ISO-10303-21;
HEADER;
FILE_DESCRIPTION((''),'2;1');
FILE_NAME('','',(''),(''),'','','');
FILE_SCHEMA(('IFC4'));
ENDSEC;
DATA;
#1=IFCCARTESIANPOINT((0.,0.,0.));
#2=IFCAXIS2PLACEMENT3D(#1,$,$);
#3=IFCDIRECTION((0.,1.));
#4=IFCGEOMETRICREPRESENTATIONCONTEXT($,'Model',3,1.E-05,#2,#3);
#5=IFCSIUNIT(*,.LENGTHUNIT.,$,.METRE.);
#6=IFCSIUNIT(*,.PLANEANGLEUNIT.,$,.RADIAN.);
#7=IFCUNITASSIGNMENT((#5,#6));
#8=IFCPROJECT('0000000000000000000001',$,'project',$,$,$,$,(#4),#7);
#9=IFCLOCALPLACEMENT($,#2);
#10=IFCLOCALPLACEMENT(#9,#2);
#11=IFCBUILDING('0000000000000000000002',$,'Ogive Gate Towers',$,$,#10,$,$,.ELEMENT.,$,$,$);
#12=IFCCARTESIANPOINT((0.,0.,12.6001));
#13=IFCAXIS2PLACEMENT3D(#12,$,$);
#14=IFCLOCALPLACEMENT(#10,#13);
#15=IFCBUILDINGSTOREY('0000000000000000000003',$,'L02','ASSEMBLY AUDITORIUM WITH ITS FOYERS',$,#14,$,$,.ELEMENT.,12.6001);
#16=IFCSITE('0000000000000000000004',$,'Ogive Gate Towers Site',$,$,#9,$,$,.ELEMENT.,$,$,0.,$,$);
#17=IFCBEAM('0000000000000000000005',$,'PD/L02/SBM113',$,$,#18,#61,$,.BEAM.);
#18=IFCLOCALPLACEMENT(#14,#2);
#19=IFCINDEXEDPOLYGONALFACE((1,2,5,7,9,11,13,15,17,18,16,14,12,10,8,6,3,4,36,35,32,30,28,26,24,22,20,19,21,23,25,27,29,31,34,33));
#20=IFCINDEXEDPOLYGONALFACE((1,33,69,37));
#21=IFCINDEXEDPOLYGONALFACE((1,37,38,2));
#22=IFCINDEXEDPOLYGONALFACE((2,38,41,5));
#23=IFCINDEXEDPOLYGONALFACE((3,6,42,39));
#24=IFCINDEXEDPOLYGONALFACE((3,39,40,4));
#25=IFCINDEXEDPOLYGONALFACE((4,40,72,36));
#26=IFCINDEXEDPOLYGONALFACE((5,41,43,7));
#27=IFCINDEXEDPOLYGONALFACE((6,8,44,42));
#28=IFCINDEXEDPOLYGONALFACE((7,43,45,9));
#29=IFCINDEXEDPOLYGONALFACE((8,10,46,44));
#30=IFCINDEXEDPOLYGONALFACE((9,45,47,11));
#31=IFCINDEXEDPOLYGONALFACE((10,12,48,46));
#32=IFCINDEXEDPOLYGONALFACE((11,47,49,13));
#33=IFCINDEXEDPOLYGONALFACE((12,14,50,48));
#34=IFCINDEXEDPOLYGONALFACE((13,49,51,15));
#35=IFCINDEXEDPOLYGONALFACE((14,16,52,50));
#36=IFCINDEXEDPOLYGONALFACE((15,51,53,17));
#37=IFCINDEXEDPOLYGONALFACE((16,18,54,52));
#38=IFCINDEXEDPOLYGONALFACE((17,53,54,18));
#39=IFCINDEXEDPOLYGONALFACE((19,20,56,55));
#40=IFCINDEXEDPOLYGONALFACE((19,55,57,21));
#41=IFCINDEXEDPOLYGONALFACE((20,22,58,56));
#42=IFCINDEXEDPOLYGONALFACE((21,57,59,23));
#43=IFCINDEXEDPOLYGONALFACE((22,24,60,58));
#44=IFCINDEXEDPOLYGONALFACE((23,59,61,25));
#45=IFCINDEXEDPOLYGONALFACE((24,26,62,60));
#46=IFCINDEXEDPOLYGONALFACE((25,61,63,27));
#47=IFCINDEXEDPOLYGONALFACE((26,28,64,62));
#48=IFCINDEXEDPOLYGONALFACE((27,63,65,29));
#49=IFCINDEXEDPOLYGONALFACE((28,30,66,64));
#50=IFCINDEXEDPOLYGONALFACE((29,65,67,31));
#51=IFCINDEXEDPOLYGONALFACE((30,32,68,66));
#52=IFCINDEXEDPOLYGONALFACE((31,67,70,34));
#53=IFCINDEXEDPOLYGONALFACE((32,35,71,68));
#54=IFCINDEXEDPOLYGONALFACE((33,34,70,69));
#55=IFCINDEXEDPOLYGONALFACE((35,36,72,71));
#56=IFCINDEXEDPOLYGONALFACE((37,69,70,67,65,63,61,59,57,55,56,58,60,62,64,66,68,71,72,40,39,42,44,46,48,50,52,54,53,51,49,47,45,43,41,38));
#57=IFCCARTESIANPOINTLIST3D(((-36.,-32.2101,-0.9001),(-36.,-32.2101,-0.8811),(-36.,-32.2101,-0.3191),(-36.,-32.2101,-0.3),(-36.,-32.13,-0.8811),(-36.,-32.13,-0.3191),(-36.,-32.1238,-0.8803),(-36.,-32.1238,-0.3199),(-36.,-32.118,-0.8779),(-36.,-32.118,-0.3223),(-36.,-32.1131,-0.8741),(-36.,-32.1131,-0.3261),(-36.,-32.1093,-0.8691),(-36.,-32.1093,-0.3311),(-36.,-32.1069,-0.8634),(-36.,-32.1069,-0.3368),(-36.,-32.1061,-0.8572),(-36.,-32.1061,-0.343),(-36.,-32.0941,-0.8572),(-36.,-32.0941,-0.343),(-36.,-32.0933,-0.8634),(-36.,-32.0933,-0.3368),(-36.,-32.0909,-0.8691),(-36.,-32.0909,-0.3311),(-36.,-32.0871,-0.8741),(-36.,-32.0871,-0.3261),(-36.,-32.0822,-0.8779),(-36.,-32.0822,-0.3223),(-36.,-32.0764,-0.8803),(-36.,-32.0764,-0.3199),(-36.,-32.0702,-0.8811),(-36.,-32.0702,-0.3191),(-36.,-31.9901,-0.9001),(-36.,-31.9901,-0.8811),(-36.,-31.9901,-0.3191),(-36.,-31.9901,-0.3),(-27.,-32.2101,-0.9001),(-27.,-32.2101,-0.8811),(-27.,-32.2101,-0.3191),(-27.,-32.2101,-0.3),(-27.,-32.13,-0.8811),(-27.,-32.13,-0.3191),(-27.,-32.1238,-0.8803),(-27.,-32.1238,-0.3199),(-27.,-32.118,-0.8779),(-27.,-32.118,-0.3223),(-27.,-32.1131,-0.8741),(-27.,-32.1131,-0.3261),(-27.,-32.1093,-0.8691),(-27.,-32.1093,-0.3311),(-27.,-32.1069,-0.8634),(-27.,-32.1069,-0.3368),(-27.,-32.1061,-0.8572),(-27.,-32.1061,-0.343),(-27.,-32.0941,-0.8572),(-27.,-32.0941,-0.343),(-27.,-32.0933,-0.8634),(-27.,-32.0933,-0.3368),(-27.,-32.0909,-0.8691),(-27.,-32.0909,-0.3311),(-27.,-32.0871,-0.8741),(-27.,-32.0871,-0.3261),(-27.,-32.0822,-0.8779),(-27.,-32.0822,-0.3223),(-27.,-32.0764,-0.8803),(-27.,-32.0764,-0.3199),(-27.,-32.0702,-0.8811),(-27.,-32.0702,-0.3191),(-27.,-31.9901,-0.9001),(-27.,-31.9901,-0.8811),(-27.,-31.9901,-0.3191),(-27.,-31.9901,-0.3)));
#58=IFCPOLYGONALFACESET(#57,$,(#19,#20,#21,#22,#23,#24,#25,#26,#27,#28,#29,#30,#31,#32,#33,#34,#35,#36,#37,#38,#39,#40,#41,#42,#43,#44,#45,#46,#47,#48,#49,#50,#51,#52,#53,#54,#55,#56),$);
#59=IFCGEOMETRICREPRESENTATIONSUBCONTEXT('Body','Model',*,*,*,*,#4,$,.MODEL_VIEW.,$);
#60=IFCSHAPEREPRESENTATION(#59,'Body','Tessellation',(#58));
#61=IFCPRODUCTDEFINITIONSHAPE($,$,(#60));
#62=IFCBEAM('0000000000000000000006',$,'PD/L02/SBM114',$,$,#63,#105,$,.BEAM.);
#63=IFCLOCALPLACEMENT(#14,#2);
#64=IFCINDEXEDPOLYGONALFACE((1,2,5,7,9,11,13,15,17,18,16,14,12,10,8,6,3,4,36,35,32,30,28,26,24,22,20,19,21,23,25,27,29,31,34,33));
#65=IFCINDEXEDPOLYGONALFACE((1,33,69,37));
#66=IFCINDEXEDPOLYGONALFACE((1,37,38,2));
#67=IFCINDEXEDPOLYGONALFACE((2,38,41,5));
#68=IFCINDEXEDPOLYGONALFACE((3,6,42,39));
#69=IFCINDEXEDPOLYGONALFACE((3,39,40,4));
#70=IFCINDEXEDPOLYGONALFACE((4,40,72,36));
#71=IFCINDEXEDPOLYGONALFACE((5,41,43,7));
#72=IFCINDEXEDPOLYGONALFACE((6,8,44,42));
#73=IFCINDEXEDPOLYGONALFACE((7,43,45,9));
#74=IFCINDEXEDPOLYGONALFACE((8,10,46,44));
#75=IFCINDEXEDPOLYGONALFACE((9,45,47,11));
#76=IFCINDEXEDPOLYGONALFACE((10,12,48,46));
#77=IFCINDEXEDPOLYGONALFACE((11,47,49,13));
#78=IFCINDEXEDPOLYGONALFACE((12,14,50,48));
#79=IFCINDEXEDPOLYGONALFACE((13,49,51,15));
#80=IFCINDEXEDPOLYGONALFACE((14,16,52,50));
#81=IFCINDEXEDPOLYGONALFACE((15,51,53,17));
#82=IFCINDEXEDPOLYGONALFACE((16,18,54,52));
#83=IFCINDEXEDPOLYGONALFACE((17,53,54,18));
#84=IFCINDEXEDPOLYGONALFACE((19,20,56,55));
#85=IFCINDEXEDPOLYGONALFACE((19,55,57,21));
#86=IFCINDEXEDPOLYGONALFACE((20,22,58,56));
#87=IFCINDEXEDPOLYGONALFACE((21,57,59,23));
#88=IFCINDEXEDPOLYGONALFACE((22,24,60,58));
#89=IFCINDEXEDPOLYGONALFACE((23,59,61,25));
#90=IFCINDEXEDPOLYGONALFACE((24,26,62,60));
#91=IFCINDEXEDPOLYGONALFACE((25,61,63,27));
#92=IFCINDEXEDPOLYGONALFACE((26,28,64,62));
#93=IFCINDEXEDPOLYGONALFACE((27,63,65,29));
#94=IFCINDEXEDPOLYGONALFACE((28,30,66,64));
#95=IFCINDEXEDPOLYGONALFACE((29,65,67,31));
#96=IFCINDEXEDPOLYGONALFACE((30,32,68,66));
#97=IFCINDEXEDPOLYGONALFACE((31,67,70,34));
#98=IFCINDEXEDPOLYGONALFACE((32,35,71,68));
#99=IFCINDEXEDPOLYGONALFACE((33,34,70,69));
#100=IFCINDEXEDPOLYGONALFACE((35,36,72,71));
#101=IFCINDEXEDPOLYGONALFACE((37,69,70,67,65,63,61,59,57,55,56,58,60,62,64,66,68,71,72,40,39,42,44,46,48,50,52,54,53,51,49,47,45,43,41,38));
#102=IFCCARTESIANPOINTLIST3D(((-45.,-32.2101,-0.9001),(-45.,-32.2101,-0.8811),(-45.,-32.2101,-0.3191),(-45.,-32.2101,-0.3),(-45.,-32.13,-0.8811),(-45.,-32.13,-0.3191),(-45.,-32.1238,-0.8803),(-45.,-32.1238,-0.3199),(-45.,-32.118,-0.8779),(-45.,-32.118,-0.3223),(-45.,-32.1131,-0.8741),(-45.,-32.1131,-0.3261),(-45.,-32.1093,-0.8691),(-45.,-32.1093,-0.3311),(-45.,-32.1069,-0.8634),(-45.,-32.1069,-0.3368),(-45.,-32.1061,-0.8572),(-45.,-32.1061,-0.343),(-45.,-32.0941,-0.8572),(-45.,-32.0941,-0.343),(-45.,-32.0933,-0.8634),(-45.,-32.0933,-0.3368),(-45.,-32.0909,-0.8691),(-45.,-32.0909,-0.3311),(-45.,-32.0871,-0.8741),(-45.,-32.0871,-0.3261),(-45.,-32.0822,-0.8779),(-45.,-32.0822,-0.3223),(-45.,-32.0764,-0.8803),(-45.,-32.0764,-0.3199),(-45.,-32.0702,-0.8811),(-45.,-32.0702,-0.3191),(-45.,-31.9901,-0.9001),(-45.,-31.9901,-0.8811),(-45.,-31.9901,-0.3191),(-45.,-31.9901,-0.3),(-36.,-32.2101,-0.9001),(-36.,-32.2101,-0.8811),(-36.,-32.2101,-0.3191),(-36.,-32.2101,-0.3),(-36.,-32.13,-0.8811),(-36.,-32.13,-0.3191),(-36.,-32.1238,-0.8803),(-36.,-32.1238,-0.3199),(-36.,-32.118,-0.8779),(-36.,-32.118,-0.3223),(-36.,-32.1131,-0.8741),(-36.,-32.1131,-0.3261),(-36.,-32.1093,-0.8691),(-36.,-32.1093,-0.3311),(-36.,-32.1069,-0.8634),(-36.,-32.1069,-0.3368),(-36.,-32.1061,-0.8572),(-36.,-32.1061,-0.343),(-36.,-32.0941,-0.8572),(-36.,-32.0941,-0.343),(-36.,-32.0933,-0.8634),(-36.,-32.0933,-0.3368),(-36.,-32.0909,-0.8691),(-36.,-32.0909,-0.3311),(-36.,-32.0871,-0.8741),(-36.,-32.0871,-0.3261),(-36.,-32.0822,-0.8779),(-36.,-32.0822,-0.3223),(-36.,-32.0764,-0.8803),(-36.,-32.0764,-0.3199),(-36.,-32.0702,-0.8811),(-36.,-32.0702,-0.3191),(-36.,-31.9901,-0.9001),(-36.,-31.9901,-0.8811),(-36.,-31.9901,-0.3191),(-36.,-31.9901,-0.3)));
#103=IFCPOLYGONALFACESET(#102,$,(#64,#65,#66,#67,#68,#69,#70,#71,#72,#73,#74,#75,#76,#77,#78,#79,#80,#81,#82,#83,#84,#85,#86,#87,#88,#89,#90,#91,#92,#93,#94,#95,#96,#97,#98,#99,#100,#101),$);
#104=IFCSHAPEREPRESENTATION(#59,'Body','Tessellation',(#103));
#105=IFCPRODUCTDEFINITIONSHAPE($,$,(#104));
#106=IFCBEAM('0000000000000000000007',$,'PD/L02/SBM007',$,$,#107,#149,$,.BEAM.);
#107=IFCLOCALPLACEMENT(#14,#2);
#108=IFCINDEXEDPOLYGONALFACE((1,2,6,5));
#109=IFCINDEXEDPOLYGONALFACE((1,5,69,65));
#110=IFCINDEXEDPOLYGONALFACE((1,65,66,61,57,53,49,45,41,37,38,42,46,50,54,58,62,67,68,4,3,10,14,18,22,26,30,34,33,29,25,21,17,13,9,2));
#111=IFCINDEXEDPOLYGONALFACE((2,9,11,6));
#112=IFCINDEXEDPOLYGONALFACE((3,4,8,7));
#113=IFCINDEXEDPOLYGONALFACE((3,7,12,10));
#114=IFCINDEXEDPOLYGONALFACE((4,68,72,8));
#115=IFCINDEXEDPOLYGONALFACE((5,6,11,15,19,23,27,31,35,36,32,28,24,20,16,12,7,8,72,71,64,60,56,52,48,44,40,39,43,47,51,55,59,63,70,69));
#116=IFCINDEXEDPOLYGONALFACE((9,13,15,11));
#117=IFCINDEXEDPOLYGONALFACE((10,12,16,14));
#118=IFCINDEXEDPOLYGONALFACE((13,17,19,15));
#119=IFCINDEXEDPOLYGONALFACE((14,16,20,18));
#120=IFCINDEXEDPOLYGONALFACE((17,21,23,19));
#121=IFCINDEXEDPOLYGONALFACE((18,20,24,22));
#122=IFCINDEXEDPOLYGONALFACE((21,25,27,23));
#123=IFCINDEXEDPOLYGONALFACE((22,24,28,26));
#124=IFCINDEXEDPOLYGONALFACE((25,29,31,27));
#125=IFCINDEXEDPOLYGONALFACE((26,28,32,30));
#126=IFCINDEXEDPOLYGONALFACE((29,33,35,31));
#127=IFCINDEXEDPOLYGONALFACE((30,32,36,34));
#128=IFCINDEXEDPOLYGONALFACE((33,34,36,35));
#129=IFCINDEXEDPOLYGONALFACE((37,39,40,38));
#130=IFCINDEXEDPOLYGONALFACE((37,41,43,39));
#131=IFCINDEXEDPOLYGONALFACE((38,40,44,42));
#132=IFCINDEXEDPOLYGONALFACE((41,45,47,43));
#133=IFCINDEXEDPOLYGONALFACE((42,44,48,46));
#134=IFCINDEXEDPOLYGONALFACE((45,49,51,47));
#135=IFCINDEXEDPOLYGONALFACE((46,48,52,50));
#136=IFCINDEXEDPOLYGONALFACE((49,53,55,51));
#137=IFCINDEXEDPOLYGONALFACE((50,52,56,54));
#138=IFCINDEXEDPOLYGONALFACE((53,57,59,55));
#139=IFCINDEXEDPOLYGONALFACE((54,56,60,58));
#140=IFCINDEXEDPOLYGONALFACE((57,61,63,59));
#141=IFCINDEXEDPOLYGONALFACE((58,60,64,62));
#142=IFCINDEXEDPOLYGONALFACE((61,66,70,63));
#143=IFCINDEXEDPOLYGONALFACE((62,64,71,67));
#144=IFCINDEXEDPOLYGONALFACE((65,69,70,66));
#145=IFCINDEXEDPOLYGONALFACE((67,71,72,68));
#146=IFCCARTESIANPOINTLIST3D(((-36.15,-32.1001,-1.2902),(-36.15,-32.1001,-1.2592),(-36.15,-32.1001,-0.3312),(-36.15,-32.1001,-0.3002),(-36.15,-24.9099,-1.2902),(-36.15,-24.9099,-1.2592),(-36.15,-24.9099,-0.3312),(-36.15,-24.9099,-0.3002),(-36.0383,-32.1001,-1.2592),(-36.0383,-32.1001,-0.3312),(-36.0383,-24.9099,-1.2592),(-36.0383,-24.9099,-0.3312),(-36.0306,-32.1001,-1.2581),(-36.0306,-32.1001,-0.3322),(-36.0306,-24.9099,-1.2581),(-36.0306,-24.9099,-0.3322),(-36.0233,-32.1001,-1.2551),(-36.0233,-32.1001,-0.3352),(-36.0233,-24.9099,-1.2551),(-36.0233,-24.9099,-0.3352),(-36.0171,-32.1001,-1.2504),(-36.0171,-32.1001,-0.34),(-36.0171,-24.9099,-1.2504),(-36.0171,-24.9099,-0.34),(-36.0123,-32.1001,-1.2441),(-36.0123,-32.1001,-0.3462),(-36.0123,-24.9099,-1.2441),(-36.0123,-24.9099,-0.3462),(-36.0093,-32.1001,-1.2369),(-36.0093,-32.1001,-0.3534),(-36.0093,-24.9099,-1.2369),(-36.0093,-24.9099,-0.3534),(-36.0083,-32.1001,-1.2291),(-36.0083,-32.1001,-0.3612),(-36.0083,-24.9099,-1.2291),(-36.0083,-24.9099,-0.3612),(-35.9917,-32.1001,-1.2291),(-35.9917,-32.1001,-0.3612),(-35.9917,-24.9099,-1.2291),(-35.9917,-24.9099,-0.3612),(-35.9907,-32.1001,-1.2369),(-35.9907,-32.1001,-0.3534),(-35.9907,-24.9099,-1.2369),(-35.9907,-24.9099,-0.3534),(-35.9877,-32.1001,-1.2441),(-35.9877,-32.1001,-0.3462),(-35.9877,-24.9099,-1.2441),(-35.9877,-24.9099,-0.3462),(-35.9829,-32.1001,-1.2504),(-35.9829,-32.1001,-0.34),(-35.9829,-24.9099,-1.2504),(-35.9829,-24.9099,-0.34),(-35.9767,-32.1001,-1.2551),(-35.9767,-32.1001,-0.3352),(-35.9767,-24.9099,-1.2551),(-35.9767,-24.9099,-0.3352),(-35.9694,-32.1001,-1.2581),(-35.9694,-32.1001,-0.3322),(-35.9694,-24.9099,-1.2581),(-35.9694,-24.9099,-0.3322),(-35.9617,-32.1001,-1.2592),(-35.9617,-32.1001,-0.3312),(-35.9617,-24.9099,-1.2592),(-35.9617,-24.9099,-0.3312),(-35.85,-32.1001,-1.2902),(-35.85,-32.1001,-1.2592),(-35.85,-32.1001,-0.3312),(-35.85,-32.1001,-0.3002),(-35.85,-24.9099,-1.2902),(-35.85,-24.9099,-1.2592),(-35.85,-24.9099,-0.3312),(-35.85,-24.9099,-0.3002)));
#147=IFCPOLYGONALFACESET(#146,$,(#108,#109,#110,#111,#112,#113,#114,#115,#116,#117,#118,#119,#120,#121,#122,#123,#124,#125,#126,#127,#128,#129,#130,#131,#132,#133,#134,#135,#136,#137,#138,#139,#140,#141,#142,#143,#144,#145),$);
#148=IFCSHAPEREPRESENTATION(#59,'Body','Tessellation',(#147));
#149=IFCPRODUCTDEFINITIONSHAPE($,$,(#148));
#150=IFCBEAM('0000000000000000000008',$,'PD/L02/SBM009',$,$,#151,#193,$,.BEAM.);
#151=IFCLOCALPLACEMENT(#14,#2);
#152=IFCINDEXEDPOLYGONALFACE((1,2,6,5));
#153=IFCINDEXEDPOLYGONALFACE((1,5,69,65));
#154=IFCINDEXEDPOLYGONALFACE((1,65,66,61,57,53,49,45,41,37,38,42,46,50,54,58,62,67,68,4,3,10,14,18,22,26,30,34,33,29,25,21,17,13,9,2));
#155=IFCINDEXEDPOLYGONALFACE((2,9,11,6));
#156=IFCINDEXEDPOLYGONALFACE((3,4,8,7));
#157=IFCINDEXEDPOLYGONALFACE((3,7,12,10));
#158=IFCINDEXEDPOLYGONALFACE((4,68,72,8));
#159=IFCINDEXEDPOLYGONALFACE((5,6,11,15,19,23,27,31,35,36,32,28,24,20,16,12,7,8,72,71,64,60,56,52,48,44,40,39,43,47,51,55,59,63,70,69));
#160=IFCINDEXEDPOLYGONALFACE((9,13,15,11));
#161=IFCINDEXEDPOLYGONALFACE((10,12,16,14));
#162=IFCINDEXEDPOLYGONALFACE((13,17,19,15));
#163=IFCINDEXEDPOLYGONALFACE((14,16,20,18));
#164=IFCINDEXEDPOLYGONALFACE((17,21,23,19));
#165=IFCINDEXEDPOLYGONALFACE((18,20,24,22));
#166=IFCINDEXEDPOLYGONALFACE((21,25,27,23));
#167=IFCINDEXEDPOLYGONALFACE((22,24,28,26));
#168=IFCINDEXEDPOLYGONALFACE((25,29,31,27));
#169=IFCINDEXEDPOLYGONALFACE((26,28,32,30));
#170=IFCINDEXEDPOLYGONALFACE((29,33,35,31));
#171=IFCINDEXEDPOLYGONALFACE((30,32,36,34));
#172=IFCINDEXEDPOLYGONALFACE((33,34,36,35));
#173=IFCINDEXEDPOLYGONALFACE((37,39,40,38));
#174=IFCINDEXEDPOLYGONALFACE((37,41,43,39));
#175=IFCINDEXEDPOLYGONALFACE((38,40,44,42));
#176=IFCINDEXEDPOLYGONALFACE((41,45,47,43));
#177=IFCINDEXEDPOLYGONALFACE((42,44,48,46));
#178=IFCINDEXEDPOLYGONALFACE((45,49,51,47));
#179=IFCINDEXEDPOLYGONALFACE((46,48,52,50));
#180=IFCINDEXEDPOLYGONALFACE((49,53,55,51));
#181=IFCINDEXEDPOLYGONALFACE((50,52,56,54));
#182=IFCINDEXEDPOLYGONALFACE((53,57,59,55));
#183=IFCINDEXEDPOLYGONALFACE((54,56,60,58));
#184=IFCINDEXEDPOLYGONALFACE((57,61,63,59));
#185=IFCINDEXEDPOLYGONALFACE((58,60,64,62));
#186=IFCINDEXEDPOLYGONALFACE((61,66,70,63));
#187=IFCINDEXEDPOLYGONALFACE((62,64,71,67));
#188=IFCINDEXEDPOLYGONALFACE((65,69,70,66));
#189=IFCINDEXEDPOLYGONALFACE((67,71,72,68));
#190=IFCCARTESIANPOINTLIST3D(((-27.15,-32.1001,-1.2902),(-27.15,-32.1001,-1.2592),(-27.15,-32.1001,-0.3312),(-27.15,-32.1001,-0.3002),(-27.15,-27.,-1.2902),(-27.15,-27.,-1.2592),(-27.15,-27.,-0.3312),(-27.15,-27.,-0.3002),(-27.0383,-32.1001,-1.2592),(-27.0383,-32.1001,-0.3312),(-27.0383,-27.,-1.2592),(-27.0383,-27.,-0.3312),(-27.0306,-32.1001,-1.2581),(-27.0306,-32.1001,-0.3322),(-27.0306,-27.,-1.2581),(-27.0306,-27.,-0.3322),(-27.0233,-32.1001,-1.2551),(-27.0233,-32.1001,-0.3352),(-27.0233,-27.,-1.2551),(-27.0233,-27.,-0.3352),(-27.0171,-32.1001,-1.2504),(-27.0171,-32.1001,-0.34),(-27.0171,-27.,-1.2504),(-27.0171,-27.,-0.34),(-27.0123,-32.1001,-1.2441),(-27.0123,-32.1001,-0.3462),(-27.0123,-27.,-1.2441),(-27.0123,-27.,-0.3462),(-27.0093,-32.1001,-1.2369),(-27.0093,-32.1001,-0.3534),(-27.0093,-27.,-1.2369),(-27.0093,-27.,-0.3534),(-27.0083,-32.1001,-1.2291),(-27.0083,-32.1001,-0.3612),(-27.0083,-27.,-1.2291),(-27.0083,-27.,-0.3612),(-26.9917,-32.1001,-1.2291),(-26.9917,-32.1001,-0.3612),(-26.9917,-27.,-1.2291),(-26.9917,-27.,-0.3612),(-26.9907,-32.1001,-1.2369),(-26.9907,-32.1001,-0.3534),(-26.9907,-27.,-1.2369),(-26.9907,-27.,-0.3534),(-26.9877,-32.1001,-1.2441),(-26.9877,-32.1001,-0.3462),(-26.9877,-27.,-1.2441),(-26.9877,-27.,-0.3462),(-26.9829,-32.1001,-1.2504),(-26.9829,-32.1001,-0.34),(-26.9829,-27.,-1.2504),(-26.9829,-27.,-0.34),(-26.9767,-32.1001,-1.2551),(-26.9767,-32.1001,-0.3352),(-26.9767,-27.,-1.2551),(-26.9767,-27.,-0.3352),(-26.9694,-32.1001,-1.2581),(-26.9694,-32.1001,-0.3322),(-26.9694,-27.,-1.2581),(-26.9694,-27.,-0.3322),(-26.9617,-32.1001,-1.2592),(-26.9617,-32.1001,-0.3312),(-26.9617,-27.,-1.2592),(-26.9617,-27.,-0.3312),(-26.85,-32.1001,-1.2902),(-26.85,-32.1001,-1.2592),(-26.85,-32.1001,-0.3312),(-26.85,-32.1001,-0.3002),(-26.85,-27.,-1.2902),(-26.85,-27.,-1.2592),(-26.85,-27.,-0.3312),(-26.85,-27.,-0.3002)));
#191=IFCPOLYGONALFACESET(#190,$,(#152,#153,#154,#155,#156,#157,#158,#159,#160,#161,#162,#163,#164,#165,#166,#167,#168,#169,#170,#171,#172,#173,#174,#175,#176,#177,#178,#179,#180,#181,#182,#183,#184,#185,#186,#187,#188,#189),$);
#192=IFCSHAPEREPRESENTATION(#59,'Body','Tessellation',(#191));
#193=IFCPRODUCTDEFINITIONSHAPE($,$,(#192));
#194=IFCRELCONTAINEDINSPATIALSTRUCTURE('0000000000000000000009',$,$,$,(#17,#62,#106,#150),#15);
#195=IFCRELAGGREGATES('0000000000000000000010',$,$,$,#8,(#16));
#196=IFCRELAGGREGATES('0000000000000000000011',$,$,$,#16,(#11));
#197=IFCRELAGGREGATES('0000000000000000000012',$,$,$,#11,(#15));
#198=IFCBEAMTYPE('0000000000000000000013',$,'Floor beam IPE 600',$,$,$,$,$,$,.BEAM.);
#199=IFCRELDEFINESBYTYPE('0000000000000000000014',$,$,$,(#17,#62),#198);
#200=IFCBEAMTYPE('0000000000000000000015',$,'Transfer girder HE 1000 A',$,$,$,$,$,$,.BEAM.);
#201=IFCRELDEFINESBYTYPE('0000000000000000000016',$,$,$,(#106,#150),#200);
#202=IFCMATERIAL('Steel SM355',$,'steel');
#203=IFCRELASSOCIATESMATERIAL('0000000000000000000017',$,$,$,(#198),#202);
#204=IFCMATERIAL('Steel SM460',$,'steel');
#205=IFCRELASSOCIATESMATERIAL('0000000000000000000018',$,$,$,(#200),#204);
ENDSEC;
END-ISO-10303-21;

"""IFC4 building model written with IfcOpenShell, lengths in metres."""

from ifc_helpers import new_model, si_unit, direction, frame, origin, origin_2d, place, context, subcontext, project, spatial, i_section, extrude, material, material_profile, profile_set, type_object, element, save


model = new_model("IFC4")

# Units and contexts
model_context = context("Model", 3, precision=1e-05, world=origin(), true_north=direction((0.0, 1.0)))
body_context = subcontext(model_context, "Body", "Model", "MODEL_VIEW")
ifc_project = project(units=[si_unit("LENGTHUNIT", "METRE"), si_unit("PLANEANGLEUNIT", "RADIAN")], contexts=[model_context])

# Site, building, storey
site_placement = place(None, origin())
site = spatial("IfcSite", under=ifc_project, at=site_placement, Name="Ogive Gate Towers Site", CompositionType="ELEMENT", RefElevation=0.0)
building_placement = place(site_placement, origin())
building = spatial("IfcBuilding", under=site, at=building_placement, Name="Ogive Gate Towers", CompositionType="ELEMENT")
storey_placement = place(building_placement, frame((0.0, 0.0, 12.6001)))
storey = spatial("IfcBuildingStorey", under=building, at=storey_placement, Name="L02", Description="ASSEMBLY AUDITORIUM WITH ITS FOYERS", CompositionType="ELEMENT", Elevation=12.6001)

# Beams
ifc_material_1 = material(Name="Steel SM355", Category="steel")
ifc_material_profile_1 = material_profile(ifc_material_1, i_section(OverallWidth=0.22, OverallDepth=0.6001, WebThickness=0.012, FlangeThickness=0.019, FilletRadius=0.0239, at=origin_2d()), Name="IPE 600")
ifc_profile_set_1 = profile_set([ifc_material_profile_1], Name="Steel SM355")
beam_type_1 = type_object("IfcBeamType", Name="Floor beam IPE 600", PredefinedType="BEAM", material=ifc_profile_set_1)
for number, where, z_axis, x_axis, name in (
    (1, (-27.0, -32.1001, -0.6001), (-1.0, 0.0, 0.0), (0.0, -1.0, 0.0), "PD/L02/SBM113"),
    (2, (-36.0, -32.1001, -0.6001), (-1.0, 0.0, 0.0), (0.0, -1.0, 0.0), "PD/L02/SBM114"),
):
    element("IfcBeam", number, at=place(storey_placement, frame(where, z_axis=z_axis, x_axis=x_axis)), inside=storey, type_object=beam_type_1, Name=name, PredefinedType="BEAM", context=body_context, shape_type="SweptSolid", body=[
        extrude(i_section(OverallWidth=0.22, OverallDepth=0.6001, WebThickness=0.012, FlangeThickness=0.019, FilletRadius=0.0239, at=origin_2d()), origin(), (0.0, 0.0, 1.0), 9.0),
    ])
ifc_material_2 = material(Name="Steel SM460", Category="steel")
ifc_material_profile_2 = material_profile(ifc_material_2, i_section(OverallWidth=0.3, OverallDepth=0.99, WebThickness=0.0166, FlangeThickness=0.031, FilletRadius=0.03, at=origin_2d()), Name="HE 1000 A")
ifc_profile_set_2 = profile_set([ifc_material_profile_2], Name="Steel SM460")
beam_type_2 = type_object("IfcBeamType", Name="Transfer girder HE 1000 A", PredefinedType="BEAM", material=ifc_profile_set_2)
beam_1_placement = place(storey_placement, frame((-36.0, -32.1001, -0.7952), z_axis=(0.0, 1.0, 0.0), x_axis=(-1.0, 0.0, 0.0)))
element("IfcBeam", 3, at=beam_1_placement, inside=storey, type_object=beam_type_2, Name="PD/L02/SBM007", PredefinedType="BEAM", context=body_context, shape_type="SweptSolid", body=[
    extrude(i_section(OverallWidth=0.3, OverallDepth=0.99, WebThickness=0.0166, FlangeThickness=0.031, FilletRadius=0.03, at=origin_2d()), origin(), (0.0, 0.0, 1.0), 7.1902),
])
beam_2_placement = place(storey_placement, frame((-27.0, -32.1001, -0.7952), z_axis=(0.0, 1.0, 0.0), x_axis=(-1.0, 0.0, 0.0)))
element("IfcBeam", 4, at=beam_2_placement, inside=storey, type_object=beam_type_2, Name="PD/L02/SBM009", PredefinedType="BEAM", context=body_context, shape_type="SweptSolid", body=[
    extrude(i_section(OverallWidth=0.3, OverallDepth=0.99, WebThickness=0.0166, FlangeThickness=0.031, FilletRadius=0.03, at=origin_2d()), origin(), (0.0, 0.0, 1.0), 5.1001),
])

save(model, "model.ifc")
